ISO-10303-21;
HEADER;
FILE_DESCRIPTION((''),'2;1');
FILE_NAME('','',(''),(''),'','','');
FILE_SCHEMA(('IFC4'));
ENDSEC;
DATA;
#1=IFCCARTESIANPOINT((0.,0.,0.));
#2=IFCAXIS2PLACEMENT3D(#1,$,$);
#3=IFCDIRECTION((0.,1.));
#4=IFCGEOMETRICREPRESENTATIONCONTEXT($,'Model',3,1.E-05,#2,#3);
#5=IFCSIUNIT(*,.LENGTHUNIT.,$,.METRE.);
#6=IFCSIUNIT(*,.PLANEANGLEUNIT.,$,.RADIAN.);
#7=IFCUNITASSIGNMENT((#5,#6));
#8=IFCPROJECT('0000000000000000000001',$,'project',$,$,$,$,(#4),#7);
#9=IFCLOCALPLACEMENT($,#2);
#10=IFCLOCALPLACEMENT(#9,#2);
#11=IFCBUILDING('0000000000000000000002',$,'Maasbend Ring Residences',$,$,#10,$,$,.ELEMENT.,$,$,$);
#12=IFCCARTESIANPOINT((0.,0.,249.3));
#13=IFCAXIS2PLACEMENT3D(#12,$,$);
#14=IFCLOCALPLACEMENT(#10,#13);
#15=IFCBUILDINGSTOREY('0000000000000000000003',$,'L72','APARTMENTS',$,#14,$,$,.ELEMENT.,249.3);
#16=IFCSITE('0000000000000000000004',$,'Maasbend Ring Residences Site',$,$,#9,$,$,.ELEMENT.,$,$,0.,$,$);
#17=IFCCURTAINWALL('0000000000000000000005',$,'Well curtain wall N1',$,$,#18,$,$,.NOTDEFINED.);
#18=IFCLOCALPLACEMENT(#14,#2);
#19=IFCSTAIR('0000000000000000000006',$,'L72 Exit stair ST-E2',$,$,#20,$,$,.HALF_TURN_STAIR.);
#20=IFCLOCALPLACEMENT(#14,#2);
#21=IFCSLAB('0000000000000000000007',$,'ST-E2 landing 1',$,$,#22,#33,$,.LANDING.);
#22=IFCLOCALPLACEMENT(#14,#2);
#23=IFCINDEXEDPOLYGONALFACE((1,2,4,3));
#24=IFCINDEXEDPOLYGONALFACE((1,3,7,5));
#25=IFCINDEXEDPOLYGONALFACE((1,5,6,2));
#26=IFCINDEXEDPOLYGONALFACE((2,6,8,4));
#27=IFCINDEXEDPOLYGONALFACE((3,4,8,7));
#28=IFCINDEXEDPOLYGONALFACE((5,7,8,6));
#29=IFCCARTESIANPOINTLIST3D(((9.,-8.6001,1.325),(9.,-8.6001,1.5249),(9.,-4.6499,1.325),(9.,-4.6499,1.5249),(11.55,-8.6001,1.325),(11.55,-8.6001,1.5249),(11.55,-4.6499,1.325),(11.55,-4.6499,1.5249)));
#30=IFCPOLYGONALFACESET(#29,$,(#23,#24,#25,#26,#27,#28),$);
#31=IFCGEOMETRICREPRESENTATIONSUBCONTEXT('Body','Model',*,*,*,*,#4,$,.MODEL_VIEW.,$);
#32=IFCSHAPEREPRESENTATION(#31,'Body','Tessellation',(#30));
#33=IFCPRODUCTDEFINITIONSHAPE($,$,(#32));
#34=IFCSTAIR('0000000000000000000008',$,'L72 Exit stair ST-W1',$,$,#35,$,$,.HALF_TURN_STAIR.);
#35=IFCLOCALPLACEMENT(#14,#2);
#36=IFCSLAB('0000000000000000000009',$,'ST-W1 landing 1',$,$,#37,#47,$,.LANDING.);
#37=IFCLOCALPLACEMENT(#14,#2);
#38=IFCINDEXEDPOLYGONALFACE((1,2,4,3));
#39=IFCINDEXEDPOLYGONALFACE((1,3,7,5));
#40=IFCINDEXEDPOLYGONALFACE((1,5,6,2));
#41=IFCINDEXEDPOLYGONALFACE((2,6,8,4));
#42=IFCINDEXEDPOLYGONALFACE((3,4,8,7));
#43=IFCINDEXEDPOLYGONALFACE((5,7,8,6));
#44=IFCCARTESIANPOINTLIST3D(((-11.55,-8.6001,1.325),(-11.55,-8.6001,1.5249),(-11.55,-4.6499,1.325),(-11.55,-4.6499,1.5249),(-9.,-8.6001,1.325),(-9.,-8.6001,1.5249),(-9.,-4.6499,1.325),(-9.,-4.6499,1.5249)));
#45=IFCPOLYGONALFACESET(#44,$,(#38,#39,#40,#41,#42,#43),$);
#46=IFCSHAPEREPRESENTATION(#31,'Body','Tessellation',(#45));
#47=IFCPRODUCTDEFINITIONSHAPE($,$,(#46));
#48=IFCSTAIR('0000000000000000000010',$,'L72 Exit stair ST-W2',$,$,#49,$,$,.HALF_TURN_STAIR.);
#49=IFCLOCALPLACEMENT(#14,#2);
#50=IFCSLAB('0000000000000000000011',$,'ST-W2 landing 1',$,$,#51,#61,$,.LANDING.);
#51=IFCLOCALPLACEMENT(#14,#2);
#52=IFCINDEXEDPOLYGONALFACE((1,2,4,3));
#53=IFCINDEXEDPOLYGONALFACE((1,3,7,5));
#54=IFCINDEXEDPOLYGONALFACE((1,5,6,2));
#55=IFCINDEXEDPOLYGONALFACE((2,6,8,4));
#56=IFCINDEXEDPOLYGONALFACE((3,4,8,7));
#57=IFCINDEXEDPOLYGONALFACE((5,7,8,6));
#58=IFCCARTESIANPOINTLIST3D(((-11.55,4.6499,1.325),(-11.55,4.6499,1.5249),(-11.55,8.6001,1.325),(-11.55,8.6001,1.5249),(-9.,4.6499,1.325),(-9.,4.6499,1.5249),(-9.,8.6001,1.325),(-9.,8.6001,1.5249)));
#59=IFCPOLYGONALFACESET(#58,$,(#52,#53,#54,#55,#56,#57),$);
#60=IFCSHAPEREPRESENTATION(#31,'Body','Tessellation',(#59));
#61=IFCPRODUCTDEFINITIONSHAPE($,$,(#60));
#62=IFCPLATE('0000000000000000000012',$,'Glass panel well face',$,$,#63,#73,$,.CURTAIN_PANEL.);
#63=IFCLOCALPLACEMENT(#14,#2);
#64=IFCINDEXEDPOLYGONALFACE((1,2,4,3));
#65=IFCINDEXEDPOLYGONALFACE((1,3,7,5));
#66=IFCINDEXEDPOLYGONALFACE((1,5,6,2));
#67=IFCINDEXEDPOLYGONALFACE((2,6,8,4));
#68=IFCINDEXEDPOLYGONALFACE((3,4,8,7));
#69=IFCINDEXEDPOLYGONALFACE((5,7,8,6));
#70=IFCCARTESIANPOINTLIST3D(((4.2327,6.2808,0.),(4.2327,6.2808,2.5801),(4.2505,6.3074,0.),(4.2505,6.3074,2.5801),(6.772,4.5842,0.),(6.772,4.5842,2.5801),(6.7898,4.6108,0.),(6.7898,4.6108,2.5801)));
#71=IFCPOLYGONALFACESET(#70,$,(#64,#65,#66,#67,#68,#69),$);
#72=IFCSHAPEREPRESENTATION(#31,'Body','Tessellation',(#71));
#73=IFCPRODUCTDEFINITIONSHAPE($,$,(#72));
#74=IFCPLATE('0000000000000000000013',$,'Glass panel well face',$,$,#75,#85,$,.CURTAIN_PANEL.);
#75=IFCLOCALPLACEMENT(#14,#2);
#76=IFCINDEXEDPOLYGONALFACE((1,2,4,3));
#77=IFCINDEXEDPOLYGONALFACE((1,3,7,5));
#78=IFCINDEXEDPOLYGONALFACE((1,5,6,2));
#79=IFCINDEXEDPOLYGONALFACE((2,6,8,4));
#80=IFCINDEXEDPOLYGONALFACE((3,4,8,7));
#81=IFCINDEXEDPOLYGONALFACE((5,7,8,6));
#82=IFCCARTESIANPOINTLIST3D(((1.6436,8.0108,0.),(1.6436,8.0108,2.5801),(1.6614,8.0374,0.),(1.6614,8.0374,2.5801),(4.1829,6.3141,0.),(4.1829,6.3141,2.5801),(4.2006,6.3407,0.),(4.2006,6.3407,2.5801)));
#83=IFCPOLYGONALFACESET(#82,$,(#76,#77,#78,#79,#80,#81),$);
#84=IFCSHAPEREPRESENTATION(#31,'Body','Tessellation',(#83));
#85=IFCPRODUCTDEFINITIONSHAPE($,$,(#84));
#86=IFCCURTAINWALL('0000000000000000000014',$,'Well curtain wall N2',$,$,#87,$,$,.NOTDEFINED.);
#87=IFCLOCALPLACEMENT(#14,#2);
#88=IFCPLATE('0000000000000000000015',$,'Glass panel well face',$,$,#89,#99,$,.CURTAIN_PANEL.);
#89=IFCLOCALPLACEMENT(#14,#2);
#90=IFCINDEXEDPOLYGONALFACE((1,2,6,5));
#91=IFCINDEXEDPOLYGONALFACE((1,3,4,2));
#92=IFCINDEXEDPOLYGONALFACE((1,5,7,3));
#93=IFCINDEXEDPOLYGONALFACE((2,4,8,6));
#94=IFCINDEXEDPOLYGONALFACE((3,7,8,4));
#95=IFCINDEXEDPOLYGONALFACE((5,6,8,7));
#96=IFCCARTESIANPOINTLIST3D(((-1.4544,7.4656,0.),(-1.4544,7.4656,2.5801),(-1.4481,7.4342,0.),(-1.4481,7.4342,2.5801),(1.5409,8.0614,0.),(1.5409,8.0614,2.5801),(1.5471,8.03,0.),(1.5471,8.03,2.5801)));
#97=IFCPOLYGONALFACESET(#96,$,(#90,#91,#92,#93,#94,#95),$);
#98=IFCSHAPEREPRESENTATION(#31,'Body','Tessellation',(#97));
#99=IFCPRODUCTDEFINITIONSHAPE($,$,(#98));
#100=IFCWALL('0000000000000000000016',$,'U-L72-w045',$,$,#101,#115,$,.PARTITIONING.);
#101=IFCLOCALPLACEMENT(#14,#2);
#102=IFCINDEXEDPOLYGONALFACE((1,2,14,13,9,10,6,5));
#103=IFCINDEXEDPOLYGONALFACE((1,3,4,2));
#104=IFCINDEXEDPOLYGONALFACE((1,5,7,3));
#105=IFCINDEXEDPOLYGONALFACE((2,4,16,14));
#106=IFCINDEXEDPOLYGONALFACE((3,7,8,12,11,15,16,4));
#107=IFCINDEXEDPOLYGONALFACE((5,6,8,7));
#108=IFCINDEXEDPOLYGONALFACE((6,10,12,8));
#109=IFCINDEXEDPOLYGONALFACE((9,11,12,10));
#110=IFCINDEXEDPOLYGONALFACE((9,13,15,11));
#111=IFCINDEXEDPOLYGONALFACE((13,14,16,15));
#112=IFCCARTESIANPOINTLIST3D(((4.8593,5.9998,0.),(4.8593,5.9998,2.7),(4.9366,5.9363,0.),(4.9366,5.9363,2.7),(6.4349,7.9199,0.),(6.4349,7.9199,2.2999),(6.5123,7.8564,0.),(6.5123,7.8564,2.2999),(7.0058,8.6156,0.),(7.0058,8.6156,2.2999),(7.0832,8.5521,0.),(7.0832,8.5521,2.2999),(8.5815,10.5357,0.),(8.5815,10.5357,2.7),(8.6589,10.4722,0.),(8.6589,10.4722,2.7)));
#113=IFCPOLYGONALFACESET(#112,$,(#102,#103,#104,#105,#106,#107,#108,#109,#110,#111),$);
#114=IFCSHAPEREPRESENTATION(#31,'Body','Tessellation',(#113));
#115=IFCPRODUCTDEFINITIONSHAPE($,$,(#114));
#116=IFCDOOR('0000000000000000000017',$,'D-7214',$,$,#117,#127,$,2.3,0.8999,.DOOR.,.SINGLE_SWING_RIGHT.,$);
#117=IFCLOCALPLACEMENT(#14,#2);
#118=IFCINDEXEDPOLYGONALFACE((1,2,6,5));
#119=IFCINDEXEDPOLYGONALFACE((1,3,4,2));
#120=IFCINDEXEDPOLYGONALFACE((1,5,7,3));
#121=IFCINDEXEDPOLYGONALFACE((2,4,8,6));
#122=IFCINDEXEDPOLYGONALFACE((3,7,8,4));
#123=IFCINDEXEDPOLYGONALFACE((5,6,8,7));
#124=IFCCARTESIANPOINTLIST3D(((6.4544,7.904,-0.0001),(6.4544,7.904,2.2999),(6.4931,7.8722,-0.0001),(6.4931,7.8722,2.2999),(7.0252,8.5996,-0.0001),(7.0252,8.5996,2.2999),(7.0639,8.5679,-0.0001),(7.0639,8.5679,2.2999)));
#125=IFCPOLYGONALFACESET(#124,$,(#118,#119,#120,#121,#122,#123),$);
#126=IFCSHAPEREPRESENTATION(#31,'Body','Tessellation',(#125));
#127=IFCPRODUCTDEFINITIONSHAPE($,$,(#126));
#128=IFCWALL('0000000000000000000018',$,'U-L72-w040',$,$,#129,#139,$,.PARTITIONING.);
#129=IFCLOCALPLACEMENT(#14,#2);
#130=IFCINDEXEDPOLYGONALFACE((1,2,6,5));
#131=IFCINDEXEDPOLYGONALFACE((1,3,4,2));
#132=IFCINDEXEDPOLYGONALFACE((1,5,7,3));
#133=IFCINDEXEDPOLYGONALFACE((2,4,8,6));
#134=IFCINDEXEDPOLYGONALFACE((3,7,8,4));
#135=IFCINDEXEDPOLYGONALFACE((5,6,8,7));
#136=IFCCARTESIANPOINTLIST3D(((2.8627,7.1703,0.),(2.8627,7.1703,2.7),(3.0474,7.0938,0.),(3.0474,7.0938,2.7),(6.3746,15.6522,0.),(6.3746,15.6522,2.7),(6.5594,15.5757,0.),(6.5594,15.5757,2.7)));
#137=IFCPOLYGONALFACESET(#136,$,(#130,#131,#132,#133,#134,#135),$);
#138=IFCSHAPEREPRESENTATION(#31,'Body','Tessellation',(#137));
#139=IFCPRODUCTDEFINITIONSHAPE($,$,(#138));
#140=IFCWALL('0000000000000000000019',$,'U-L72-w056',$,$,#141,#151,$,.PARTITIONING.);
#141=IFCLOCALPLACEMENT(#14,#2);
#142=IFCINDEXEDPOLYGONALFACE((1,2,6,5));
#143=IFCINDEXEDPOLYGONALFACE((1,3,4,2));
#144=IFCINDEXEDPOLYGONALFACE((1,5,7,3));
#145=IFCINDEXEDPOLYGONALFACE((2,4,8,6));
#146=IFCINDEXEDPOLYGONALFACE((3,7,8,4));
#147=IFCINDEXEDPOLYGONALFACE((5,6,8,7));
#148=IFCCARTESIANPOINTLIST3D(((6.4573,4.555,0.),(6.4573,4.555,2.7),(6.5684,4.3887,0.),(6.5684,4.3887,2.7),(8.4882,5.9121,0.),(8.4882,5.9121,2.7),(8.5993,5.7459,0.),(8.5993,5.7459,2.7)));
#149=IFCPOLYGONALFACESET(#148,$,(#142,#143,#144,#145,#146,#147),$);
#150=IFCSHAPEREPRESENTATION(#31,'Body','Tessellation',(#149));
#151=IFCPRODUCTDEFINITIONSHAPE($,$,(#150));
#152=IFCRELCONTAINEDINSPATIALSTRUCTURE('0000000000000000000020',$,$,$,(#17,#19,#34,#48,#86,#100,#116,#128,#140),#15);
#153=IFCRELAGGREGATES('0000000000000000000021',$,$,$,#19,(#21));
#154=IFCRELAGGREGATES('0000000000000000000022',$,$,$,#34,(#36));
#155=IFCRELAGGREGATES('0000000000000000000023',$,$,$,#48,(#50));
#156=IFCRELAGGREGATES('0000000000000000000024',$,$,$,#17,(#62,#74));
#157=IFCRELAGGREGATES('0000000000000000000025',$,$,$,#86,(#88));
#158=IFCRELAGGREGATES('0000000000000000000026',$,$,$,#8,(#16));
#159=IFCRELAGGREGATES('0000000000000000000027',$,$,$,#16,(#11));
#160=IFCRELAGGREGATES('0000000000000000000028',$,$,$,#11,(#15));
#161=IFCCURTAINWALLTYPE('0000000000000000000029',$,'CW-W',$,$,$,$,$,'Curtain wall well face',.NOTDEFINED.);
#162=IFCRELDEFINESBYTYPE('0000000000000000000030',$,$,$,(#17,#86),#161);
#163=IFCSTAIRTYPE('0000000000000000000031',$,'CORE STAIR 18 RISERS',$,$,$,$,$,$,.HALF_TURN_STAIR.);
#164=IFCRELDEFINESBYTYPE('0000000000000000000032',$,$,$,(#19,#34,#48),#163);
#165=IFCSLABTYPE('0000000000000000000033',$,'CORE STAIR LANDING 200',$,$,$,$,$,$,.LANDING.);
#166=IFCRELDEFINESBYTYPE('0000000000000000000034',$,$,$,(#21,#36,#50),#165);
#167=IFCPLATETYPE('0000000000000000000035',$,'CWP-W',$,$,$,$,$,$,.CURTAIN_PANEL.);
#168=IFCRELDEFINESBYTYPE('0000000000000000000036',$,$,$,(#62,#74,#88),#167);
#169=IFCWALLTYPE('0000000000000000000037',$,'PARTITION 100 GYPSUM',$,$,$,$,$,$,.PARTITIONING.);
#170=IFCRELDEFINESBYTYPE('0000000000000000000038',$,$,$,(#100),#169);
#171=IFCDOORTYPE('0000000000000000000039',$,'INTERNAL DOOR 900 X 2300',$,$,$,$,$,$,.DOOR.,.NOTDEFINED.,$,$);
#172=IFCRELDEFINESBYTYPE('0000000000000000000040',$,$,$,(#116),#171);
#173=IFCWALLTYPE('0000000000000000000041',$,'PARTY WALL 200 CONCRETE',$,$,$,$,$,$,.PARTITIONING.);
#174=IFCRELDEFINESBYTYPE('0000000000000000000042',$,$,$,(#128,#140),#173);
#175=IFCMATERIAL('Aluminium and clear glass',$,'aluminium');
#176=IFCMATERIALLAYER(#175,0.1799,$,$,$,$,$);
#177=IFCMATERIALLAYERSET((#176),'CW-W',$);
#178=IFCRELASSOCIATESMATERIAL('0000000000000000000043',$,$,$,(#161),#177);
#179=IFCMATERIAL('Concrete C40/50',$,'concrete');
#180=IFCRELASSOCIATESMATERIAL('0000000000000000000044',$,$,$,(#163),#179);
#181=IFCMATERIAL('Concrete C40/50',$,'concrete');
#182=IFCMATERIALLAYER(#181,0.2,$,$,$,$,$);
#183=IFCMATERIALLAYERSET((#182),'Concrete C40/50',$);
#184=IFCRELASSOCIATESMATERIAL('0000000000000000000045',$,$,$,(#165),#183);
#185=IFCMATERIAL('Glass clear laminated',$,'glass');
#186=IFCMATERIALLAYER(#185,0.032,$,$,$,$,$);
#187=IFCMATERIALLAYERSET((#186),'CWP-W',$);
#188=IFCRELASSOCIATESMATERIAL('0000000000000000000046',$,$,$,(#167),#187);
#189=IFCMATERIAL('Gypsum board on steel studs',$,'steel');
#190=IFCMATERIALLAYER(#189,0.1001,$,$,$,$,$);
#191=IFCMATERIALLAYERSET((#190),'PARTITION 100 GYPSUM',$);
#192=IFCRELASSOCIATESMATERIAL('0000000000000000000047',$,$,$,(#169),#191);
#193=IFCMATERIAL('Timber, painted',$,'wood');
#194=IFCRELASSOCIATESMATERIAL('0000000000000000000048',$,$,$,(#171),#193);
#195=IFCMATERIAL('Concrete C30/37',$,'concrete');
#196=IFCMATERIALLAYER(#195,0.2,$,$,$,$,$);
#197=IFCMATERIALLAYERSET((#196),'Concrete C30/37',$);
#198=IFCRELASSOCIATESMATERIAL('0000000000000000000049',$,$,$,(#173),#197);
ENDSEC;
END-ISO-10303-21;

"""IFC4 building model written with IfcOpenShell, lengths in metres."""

from ifc_helpers import new_model, si_unit, direction, frame, frame_2d, origin, origin_2d, place, context, subcontext, project, spatial, polyline, rectangle, outline, extrude, material, layer, layer_set, type_object, element, fill, aggregate, save


model = new_model("IFC4")

# Units and contexts
model_context = context("Model", 3, precision=1e-05, world=origin(), true_north=direction((0.0, 1.0)))
body_context = subcontext(model_context, "Body", "Model", "MODEL_VIEW")
ifc_project = project(units=[si_unit("LENGTHUNIT", "METRE"), si_unit("PLANEANGLEUNIT", "RADIAN")], contexts=[model_context])

# Site, building, storey
site_placement = place(None, origin())
site = spatial("IfcSite", under=ifc_project, at=site_placement, Name="Maasbend Ring Residences Site", CompositionType="ELEMENT", RefElevation=0.0)
building_placement = place(site_placement, origin())
building = spatial("IfcBuilding", under=site, at=building_placement, Name="Maasbend Ring Residences", CompositionType="ELEMENT")
storey_placement = place(building_placement, frame((0.0, 0.0, 249.3)))
storey = spatial("IfcBuildingStorey", under=building, at=storey_placement, Name="L72", Description="APARTMENTS", CompositionType="ELEMENT", Elevation=249.3)

# Curtain wall
ifc_material_1 = material(Name="Aluminium and clear glass", Category="aluminium")
ifc_layer_1 = layer(ifc_material_1, 0.1799)
ifc_layer_set_1 = layer_set([ifc_layer_1], Name="CW-W")
curtain_wall_type = type_object("IfcCurtainWallType", Name="CW-W", ElementType="Curtain wall well face", PredefinedType="NOTDEFINED", material=ifc_layer_set_1)
curtain_wall_1_placement = place(storey_placement, origin())
curtain_wall_1 = element("IfcCurtainWall", 1, at=curtain_wall_1_placement, inside=storey, type_object=curtain_wall_type, Name="Well curtain wall N1", PredefinedType="NOTDEFINED")

# Stairs, slabs
ifc_material_2 = material(Name="Concrete C40/50", Category="concrete")
stair_type = type_object("IfcStairType", Name="CORE STAIR 18 RISERS", PredefinedType="HALF_TURN_STAIR", material=ifc_material_2)
ifc_material_3 = material(Name="Concrete C40/50", Category="concrete")
ifc_layer_2 = layer(ifc_material_3, 0.2)
ifc_layer_set_2 = layer_set([ifc_layer_2], Name="Concrete C40/50")
slab_type = type_object("IfcSlabType", Name="CORE STAIR LANDING 200", PredefinedType="LANDING", material=ifc_layer_set_2)
stair_1_placement = place(storey_placement, origin())
stair_1 = element("IfcStair", 2, at=stair_1_placement, inside=storey, type_object=stair_type, Name="L72 Exit stair ST-E2", PredefinedType="HALF_TURN_STAIR")
slab_1_placement = place(storey_placement, frame((0.0, 0.0, 1.325)))
slab_1 = element("IfcSlab", 3, at=slab_1_placement, type_object=slab_type, Name="ST-E2 landing 1", PredefinedType="LANDING", context=body_context, shape_type="SweptSolid", body=[
    extrude(outline(polyline([(11.55, -4.6499), (9.0, -4.6499), (9.0, -8.6001), (11.55, -8.6001), (11.55, -4.6499)])), origin(), (0.0, 0.0, 1.0), 0.2),
])
aggregate(stair_1, [slab_1])
stair_2_placement = place(storey_placement, origin())
stair_2 = element("IfcStair", 4, at=stair_2_placement, inside=storey, type_object=stair_type, Name="L72 Exit stair ST-W1", PredefinedType="HALF_TURN_STAIR")
slab_2_placement = place(storey_placement, frame((0.0, 0.0, 1.325)))
slab_2 = element("IfcSlab", 5, at=slab_2_placement, type_object=slab_type, Name="ST-W1 landing 1", PredefinedType="LANDING", context=body_context, shape_type="SweptSolid", body=[
    extrude(outline(polyline([(-11.55, -8.6001), (-9.0, -8.6001), (-9.0, -4.6499), (-11.55, -4.6499), (-11.55, -8.6001)])), origin(), (0.0, 0.0, 1.0), 0.2),
])
aggregate(stair_2, [slab_2])
stair_3_placement = place(storey_placement, origin())
stair_3 = element("IfcStair", 6, at=stair_3_placement, inside=storey, type_object=stair_type, Name="L72 Exit stair ST-W2", PredefinedType="HALF_TURN_STAIR")
slab_3_placement = place(storey_placement, frame((0.0, 0.0, 1.325)))
slab_3 = element("IfcSlab", 7, at=slab_3_placement, type_object=slab_type, Name="ST-W2 landing 1", PredefinedType="LANDING", context=body_context, shape_type="SweptSolid", body=[
    extrude(outline(polyline([(-11.55, 4.6499), (-9.0, 4.6499), (-9.0, 8.6001), (-11.55, 8.6001), (-11.55, 4.6499)])), origin(), (0.0, 0.0, 1.0), 0.2),
])
aggregate(stair_3, [slab_3])

# Plates
ifc_material_4 = material(Name="Glass clear laminated", Category="glass")
ifc_layer_3 = layer(ifc_material_4, 0.032)
ifc_layer_set_3 = layer_set([ifc_layer_3], Name="CWP-W")
plate_type = type_object("IfcPlateType", Name="CWP-W", PredefinedType="CURTAIN_PANEL", material=ifc_layer_set_3)
plate_1_placement = place(storey_placement, frame((5.5112, 5.4458, 0.0), z_axis=(0.0, 0.0, 1.0), x_axis=(-0.83147, 0.55557, 0.0)))
plate_1 = element("IfcPlate", 8, at=plate_1_placement, type_object=plate_type, Name="Glass panel well face", PredefinedType="CURTAIN_PANEL", context=body_context, shape_type="SweptSolid", body=[
    extrude(rectangle(XDim=3.054, YDim=0.032, at=origin_2d()), origin(), (0.0, 0.0, 1.0), 2.5801),
])
plate_2_placement = place(storey_placement, frame((2.9221, 7.1758, 0.0), z_axis=(0.0, 0.0, 1.0), x_axis=(-0.83147, 0.55557, 0.0)))
plate_2 = element("IfcPlate", 9, at=plate_2_placement, type_object=plate_type, Name="Glass panel well face", PredefinedType="CURTAIN_PANEL", context=body_context, shape_type="SweptSolid", body=[
    extrude(rectangle(XDim=3.054, YDim=0.032, at=origin_2d()), origin(), (0.0, 0.0, 1.0), 2.5801),
])
aggregate(curtain_wall_1, [plate_1, plate_2])

# Curtain wall, plate
curtain_wall_2_placement = place(storey_placement, origin())
curtain_wall_2 = element("IfcCurtainWall", 10, at=curtain_wall_2_placement, inside=storey, type_object=curtain_wall_type, Name="Well curtain wall N2", PredefinedType="NOTDEFINED")
plate_3_placement = place(storey_placement, frame((0.0464, 7.7478, 0.0), z_axis=(0.0, 0.0, 1.0), x_axis=(-0.980785, -0.19509, 0.0)))
plate_3 = element("IfcPlate", 11, at=plate_3_placement, type_object=plate_type, Name="Glass panel well face", PredefinedType="CURTAIN_PANEL", context=body_context, shape_type="SweptSolid", body=[
    extrude(rectangle(XDim=3.054, YDim=0.032, at=origin_2d()), origin(), (0.0, 0.0, 1.0), 2.5801),
])
aggregate(curtain_wall_2, [plate_3])

# Wall, opening, door
ifc_material_5 = material(Name="Gypsum board on steel studs", Category="steel")
ifc_layer_4 = layer(ifc_material_5, 0.1001)
ifc_layer_set_4 = layer_set([ifc_layer_4], Name="PARTITION 100 GYPSUM")
wall_type_1 = type_object("IfcWallType", Name="PARTITION 100 GYPSUM", PredefinedType="PARTITIONING", material=ifc_layer_set_4)
wall_1_placement = place(storey_placement, frame((4.8979, 5.968, 0.0), z_axis=(0.0, 0.0, 1.0), x_axis=(0.634359, 0.773039, 0.0)))
wall_1 = element("IfcWall", 12, at=wall_1_placement, inside=storey, type_object=wall_type_1, Name="U-L72-w045", PredefinedType="PARTITIONING", context=body_context, shape_type="SweptSolid", body=[
    extrude(rectangle(XDim=5.8677, YDim=0.1001, at=frame_2d((2.9338, 0.0))), origin(), (0.0, 0.0, 1.0), 2.7),
])
opening_placement = place(wall_1_placement, frame((2.4839, 0.0, 0.0)))
opening = element("IfcOpeningElement", 13, at=opening_placement, cuts=wall_1, PredefinedType="OPENING", context=body_context, shape_type="SweptSolid", body=[
    extrude(rectangle(XDim=0.8999, YDim=2.3, at=frame_2d((0.45, 1.1499))), frame((0.0, 0.0601, 0.0), z_axis=(0.0, -1.0, 0.0), x_axis=(1.0, 0.0, 0.0)), (0.0, 0.0, 1.0), 0.1201),
])
ifc_material_6 = material(Name="Timber, painted", Category="wood")
door_type = type_object("IfcDoorType", Name="INTERNAL DOOR 900 X 2300", OperationType="NOTDEFINED", PredefinedType="DOOR", material=ifc_material_6)
door_placement = place(opening_placement, origin())
door = element("IfcDoor", 14, at=door_placement, inside=storey, type_object=door_type, Name="D-7214", OperationType="SINGLE_SWING_RIGHT", OverallHeight=2.3, OverallWidth=0.8999, PredefinedType="DOOR", context=body_context, shape_type="SweptSolid", body=[
    extrude(rectangle(XDim=0.8999, YDim=2.3, at=frame_2d((0.45, 1.1499))), frame((0.0, 0.0249, 0.0), z_axis=(0.0, -1.0, 0.0), x_axis=(1.0, 0.0, 0.0)), (0.0, 0.0, 1.0), 0.05),
])
fill(opening, door)

# Walls
ifc_material_7 = material(Name="Concrete C30/37", Category="concrete")
ifc_layer_5 = layer(ifc_material_7, 0.2)
ifc_layer_set_5 = layer_set([ifc_layer_5], Name="Concrete C30/37")
wall_type_2 = type_object("IfcWallType", Name="PARTY WALL 200 CONCRETE", PredefinedType="PARTITIONING", material=ifc_layer_set_5)
wall_2_placement = place(storey_placement, frame((2.9551, 7.1321, 0.0), z_axis=(0.0, 0.0, 1.0), x_axis=(0.382556, 0.923932, 0.0)))
element("IfcWall", 15, at=wall_2_placement, inside=storey, type_object=wall_type_2, Name="U-L72-w040", PredefinedType="PARTITIONING", context=body_context, shape_type="SweptSolid", body=[
    extrude(rectangle(XDim=9.1802, YDim=0.2, at=frame_2d((4.5901, 0.0))), origin(), (0.0, 0.0, 1.0), 2.7),
])
wall_3_placement = place(storey_placement, frame((6.5129, 4.4719, 0.0), z_axis=(0.0, 0.0, 1.0), x_axis=(0.83145, 0.555599, 0.0)))
element("IfcWall", 16, at=wall_3_placement, inside=storey, type_object=wall_type_2, Name="U-L72-w056", PredefinedType="PARTITIONING", context=body_context, shape_type="SweptSolid", body=[
    extrude(rectangle(XDim=2.4426, YDim=0.2, at=frame_2d((1.2212, 0.0))), origin(), (0.0, 0.0, 1.0), 2.7),
])

save(model, "model.ifc")
